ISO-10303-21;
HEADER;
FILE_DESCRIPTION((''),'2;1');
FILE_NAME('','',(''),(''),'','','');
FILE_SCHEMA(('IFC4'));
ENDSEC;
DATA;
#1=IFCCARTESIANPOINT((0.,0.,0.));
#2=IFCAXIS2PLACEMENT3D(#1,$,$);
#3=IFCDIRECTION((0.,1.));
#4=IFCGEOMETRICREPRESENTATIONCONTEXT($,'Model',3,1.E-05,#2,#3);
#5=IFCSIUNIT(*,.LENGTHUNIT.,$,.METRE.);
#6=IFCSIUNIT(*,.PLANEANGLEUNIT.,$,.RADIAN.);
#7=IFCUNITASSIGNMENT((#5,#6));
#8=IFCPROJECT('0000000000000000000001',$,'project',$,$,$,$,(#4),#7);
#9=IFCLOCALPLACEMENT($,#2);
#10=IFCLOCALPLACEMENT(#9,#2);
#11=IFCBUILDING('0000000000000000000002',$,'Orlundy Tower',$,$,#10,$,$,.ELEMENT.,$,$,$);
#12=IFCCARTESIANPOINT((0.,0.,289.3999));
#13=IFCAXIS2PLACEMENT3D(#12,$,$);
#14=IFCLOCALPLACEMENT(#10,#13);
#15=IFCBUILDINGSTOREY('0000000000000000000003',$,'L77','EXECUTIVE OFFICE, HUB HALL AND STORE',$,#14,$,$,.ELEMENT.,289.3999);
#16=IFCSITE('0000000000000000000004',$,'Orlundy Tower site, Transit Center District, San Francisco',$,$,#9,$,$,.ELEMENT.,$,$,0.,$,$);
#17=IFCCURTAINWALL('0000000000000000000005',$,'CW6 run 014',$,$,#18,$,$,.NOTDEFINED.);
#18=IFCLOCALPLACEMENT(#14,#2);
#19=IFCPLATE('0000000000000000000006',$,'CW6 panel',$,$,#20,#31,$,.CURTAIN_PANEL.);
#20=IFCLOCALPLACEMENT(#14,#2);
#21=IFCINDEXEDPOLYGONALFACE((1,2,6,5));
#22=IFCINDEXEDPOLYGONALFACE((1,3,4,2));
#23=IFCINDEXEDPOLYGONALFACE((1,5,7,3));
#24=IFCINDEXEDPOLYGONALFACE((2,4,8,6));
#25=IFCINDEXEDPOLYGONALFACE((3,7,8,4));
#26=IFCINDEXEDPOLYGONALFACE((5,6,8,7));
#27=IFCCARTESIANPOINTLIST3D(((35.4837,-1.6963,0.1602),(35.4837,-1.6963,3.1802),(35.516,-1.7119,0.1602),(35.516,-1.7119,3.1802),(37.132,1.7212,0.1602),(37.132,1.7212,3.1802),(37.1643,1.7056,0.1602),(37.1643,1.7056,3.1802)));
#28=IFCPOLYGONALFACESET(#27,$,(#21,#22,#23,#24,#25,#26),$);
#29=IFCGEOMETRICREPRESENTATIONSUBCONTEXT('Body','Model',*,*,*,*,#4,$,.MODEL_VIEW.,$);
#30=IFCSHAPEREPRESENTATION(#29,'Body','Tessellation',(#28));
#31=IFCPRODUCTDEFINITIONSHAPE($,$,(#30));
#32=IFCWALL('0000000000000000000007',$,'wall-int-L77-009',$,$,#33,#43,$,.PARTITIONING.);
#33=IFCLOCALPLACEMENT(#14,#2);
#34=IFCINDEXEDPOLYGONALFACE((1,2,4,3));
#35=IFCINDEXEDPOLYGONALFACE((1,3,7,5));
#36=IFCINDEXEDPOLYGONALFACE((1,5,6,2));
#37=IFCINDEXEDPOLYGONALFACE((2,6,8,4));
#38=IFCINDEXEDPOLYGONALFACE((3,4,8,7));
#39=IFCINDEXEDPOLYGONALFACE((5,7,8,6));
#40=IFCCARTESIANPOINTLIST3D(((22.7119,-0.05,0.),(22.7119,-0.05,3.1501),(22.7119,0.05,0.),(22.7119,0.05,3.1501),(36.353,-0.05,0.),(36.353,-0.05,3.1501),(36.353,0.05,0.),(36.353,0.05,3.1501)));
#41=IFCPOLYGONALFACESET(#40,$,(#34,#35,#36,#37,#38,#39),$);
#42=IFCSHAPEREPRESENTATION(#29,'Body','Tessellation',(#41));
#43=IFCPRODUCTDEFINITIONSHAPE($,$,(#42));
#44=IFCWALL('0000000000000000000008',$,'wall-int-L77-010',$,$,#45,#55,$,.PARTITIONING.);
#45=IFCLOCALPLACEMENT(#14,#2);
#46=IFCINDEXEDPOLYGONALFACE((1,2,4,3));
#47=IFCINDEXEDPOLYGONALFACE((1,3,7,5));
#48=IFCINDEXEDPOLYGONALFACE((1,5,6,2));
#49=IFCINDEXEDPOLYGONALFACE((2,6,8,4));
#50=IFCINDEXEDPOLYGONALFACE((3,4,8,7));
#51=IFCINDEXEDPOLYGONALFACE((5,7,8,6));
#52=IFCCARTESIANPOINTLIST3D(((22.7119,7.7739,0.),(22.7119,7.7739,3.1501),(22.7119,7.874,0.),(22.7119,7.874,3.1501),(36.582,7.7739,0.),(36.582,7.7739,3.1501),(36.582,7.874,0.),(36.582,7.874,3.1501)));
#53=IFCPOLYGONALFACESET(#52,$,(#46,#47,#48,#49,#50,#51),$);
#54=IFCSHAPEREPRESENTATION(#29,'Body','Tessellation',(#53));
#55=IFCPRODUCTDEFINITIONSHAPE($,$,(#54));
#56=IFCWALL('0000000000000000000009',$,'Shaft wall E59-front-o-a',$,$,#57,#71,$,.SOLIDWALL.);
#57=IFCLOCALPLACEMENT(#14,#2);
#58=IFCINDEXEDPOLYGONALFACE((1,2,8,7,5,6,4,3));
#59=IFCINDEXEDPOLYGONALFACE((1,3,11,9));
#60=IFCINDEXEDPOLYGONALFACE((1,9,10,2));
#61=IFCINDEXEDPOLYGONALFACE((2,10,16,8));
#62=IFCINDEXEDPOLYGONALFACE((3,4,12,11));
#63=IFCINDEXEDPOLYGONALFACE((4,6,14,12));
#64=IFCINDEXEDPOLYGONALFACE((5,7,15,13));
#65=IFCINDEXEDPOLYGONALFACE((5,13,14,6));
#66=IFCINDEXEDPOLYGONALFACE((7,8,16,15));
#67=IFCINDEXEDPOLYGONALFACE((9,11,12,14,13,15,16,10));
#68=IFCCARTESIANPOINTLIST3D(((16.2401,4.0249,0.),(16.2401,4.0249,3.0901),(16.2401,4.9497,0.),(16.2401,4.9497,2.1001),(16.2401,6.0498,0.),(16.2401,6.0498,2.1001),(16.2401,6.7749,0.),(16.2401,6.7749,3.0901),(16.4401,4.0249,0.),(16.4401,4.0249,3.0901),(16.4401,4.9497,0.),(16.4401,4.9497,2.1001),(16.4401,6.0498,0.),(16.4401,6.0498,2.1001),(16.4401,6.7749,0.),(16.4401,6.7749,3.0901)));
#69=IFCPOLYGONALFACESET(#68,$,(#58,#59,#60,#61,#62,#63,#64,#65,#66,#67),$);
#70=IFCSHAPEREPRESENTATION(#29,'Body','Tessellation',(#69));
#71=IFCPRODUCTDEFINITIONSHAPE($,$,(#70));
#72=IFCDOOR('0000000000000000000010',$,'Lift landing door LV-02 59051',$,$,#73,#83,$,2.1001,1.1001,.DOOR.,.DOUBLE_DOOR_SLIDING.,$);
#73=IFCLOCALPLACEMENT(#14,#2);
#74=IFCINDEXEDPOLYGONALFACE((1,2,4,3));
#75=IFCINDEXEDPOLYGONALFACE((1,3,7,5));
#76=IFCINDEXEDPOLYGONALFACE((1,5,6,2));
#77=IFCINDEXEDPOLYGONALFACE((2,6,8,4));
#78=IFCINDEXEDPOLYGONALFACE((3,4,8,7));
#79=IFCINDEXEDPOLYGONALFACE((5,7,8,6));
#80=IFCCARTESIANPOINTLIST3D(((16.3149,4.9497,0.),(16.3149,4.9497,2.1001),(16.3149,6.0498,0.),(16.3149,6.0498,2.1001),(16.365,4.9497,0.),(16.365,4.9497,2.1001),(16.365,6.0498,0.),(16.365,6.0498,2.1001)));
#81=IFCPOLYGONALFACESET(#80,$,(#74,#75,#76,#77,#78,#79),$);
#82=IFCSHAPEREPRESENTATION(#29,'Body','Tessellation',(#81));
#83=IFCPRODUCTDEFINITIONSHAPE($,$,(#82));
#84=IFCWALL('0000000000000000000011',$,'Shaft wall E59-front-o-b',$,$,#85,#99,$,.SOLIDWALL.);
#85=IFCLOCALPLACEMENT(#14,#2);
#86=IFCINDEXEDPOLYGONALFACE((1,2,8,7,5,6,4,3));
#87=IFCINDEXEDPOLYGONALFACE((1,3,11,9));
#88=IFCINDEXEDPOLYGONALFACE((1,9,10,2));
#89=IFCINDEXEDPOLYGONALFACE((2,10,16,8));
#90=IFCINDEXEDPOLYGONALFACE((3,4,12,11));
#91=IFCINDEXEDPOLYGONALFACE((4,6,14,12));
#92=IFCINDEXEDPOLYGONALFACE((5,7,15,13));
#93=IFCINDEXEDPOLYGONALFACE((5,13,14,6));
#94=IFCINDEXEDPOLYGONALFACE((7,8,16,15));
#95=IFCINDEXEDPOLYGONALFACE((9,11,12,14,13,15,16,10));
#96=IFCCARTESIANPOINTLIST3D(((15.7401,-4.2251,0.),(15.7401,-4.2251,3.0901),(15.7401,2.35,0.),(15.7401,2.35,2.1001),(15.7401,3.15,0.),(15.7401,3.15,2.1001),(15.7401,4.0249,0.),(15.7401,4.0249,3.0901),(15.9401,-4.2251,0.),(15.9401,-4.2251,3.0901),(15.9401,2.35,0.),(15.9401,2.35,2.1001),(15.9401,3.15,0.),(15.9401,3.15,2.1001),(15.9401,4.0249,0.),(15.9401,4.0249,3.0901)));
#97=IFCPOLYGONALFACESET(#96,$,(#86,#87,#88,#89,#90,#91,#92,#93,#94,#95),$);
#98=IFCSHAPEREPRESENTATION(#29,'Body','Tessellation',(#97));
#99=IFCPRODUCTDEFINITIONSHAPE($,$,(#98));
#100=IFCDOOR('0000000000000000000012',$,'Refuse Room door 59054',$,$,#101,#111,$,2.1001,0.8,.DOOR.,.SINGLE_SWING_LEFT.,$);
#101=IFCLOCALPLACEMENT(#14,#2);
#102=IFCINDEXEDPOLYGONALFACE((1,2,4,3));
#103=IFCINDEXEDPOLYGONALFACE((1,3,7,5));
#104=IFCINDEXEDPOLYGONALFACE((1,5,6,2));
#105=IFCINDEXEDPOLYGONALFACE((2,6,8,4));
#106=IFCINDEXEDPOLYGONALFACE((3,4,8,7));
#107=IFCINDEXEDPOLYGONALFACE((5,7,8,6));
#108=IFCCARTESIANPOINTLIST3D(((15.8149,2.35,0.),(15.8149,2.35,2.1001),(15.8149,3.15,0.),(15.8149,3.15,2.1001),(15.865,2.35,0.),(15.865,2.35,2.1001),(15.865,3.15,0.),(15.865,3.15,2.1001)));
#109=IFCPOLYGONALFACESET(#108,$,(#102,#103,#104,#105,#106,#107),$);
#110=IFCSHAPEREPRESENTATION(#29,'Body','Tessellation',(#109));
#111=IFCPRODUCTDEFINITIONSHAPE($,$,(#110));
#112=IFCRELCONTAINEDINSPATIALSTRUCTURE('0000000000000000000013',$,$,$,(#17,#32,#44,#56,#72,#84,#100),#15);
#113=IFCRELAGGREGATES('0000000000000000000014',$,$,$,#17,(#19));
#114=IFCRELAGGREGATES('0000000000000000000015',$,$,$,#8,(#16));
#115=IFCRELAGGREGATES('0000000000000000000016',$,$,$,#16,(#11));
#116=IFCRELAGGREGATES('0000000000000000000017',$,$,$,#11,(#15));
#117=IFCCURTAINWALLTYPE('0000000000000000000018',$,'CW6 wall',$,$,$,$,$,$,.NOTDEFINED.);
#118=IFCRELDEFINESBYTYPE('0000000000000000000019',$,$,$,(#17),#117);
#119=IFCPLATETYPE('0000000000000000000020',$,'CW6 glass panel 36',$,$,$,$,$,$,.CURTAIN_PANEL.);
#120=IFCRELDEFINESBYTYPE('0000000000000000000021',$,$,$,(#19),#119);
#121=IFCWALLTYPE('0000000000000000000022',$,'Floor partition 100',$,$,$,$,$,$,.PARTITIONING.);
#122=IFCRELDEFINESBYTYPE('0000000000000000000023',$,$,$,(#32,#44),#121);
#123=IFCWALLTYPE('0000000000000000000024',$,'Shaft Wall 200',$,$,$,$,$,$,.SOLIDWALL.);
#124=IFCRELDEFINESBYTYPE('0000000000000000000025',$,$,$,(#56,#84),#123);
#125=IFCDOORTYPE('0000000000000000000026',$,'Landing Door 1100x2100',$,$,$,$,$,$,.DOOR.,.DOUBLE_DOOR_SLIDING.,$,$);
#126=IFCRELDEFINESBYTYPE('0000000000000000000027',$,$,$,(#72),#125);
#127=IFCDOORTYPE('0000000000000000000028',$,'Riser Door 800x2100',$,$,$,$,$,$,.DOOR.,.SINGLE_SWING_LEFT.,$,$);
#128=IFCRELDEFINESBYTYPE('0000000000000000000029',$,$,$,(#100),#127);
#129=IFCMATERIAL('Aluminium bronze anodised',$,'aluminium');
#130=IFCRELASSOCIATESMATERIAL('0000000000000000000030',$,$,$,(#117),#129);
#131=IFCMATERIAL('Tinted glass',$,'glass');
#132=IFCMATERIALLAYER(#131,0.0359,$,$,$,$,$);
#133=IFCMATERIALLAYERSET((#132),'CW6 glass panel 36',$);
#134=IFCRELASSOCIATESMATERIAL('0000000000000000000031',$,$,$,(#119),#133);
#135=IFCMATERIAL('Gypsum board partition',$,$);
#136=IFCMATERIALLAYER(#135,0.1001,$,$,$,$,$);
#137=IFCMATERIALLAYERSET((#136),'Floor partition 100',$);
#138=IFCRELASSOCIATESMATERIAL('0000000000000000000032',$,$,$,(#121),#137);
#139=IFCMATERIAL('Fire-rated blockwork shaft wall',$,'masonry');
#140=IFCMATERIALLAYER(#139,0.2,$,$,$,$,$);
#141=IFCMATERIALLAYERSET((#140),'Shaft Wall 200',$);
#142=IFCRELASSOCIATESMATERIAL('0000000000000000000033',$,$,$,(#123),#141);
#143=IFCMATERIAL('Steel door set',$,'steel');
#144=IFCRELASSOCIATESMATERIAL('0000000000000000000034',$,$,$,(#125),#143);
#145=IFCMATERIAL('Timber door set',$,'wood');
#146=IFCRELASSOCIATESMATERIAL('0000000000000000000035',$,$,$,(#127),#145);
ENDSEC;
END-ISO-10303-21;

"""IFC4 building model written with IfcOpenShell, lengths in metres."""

from ifc_helpers import new_model, si_unit, direction, frame, frame_2d, origin, origin_2d, place, context, subcontext, project, spatial, rectangle, extrude, material, layer, layer_set, type_object, element, fill, aggregate, save


model = new_model("IFC4")

# Units and contexts
model_context = context("Model", 3, precision=1e-05, world=origin(), true_north=direction((0.0, 1.0)))
body_context = subcontext(model_context, "Body", "Model", "MODEL_VIEW")
ifc_project = project(units=[si_unit("LENGTHUNIT", "METRE"), si_unit("PLANEANGLEUNIT", "RADIAN")], contexts=[model_context])

# Site, building, storey
site_placement = place(None, origin())
site = spatial("IfcSite", under=ifc_project, at=site_placement, Name="Orlundy Tower site, Transit Center District, San Francisco", CompositionType="ELEMENT", RefElevation=0.0)
building_placement = place(site_placement, origin())
building = spatial("IfcBuilding", under=site, at=building_placement, Name="Orlundy Tower", CompositionType="ELEMENT")
storey_placement = place(building_placement, frame((0.0, 0.0, 289.3999)))
storey = spatial("IfcBuildingStorey", under=building, at=storey_placement, Name="L77", Description="EXECUTIVE OFFICE, HUB HALL AND STORE", CompositionType="ELEMENT", Elevation=289.3999)

# Curtain wall
ifc_material_1 = material(Name="Aluminium bronze anodised", Category="aluminium")
curtain_wall_type = type_object("IfcCurtainWallType", Name="CW6 wall", PredefinedType="NOTDEFINED", material=ifc_material_1)
curtain_wall_1_placement = place(storey_placement, origin())
curtain_wall_1 = element("IfcCurtainWall", 1, at=curtain_wall_1_placement, inside=storey, type_object=curtain_wall_type, Name="CW6 run 014", PredefinedType="NOTDEFINED")

# Shared definitions
ifc_material_2 = material(Name="Tinted glass", Category="glass")
ifc_layer_1 = layer(ifc_material_2, 0.0359)
ifc_layer_set_1 = layer_set([ifc_layer_1], Name="CW6 glass panel 36")
plate_type = type_object("IfcPlateType", Name="CW6 glass panel 36", PredefinedType="CURTAIN_PANEL", material=ifc_layer_set_1)

# Plate
plate_1_placement = place(storey_placement, frame((36.324, 0.0046, 0.1602), z_axis=(0.0, 0.0, 1.0), x_axis=(-0.434432, -0.900705, 0.0)))
plate_1 = element("IfcPlate", 2, at=plate_1_placement, type_object=plate_type, Name="CW6 panel", PredefinedType="CURTAIN_PANEL", context=body_context, shape_type="SweptSolid", body=[
    extrude(rectangle(XDim=3.7942, YDim=0.0359, at=origin_2d()), origin(), (0.0, 0.0, 1.0), 3.02),
])
aggregate(curtain_wall_1, [plate_1])

# Walls
ifc_material_3 = material(Name="Gypsum board partition")
ifc_layer_2 = layer(ifc_material_3, 0.1001)
ifc_layer_set_2 = layer_set([ifc_layer_2], Name="Floor partition 100")
wall_type_1 = type_object("IfcWallType", Name="Floor partition 100", PredefinedType="PARTITIONING", material=ifc_layer_set_2)
wall_1_placement = place(storey_placement, frame((22.7119, 0.0, 0.0), z_axis=(0.0, 0.0, 1.0), x_axis=(1.0, 0.0, 0.0)))
element("IfcWall", 3, at=wall_1_placement, inside=storey, type_object=wall_type_1, Name="wall-int-L77-009", PredefinedType="PARTITIONING", context=body_context, shape_type="SweptSolid", body=[
    extrude(rectangle(XDim=13.6411, YDim=0.1001, at=frame_2d((6.8206, 0.0))), origin(), (0.0, 0.0, 1.0), 3.1501),
])
wall_2_placement = place(storey_placement, frame((22.7119, 7.824, 0.0), z_axis=(0.0, 0.0, 1.0), x_axis=(1.0, 0.0, 0.0)))
element("IfcWall", 4, at=wall_2_placement, inside=storey, type_object=wall_type_1, Name="wall-int-L77-010", PredefinedType="PARTITIONING", context=body_context, shape_type="SweptSolid", body=[
    extrude(rectangle(XDim=13.8701, YDim=0.1001, at=frame_2d((6.9351, 0.0))), origin(), (0.0, 0.0, 1.0), 3.1501),
])

# Walls, openings, doors
ifc_material_4 = material(Name="Fire-rated blockwork shaft wall", Category="masonry")
ifc_layer_3 = layer(ifc_material_4, 0.2)
ifc_layer_set_3 = layer_set([ifc_layer_3], Name="Shaft Wall 200")
wall_type_2 = type_object("IfcWallType", Name="Shaft Wall 200", PredefinedType="SOLIDWALL", material=ifc_layer_set_3)
wall_3_placement = place(storey_placement, frame((16.3401, 6.7749, 0.0), z_axis=(0.0, 0.0, 1.0), x_axis=(0.0, -1.0, 0.0)))
wall_3 = element("IfcWall", 5, at=wall_3_placement, inside=storey, type_object=wall_type_2, Name="Shaft wall E59-front-o-a", PredefinedType="SOLIDWALL", context=body_context, shape_type="SweptSolid", body=[
    extrude(rectangle(XDim=2.75, YDim=0.2, at=frame_2d((1.375, 0.0))), origin(), (0.0, 0.0, 1.0), 3.0901),
])
opening_1_placement = place(wall_3_placement, frame((0.7251, 0.0, 0.0)))
opening_1 = element("IfcOpeningElement", 6, at=opening_1_placement, cuts=wall_3, PredefinedType="OPENING", context=body_context, shape_type="SweptSolid", body=[
    extrude(rectangle(XDim=1.1001, YDim=2.1001, at=frame_2d((0.55, 1.05))), frame((0.0, 0.1101, 0.0), z_axis=(0.0, -1.0, 0.0), x_axis=(1.0, 0.0, 0.0)), (0.0, 0.0, 1.0), 0.2202),
])
ifc_material_5 = material(Name="Steel door set", Category="steel")
door_type_1 = type_object("IfcDoorType", Name="Landing Door 1100x2100", OperationType="DOUBLE_DOOR_SLIDING", PredefinedType="DOOR", material=ifc_material_5)
door_1_placement = place(opening_1_placement, origin())
door_1 = element("IfcDoor", 7, at=door_1_placement, inside=storey, type_object=door_type_1, Name="Lift landing door LV-02 59051", OperationType="DOUBLE_DOOR_SLIDING", OverallHeight=2.1001, OverallWidth=1.1001, PredefinedType="DOOR", context=body_context, shape_type="SweptSolid", body=[
    extrude(rectangle(XDim=1.1001, YDim=2.1001, at=frame_2d((0.55, 1.05))), frame((0.0, 0.0249, 0.0), z_axis=(0.0, -1.0, 0.0), x_axis=(1.0, 0.0, 0.0)), (0.0, 0.0, 1.0), 0.05),
])
fill(opening_1, door_1)
wall_4_placement = place(storey_placement, frame((15.8401, 4.0249, 0.0), z_axis=(0.0, 0.0, 1.0), x_axis=(0.0, -1.0, 0.0)))
wall_4 = element("IfcWall", 8, at=wall_4_placement, inside=storey, type_object=wall_type_2, Name="Shaft wall E59-front-o-b", PredefinedType="SOLIDWALL", context=body_context, shape_type="SweptSolid", body=[
    extrude(rectangle(XDim=8.25, YDim=0.2, at=frame_2d((4.125, 0.0))), origin(), (0.0, 0.0, 1.0), 3.0901),
])
opening_2_placement = place(wall_4_placement, frame((0.875, 0.0, 0.0)))
opening_2 = element("IfcOpeningElement", 9, at=opening_2_placement, cuts=wall_4, PredefinedType="OPENING", context=body_context, shape_type="SweptSolid", body=[
    extrude(rectangle(XDim=0.8, YDim=2.1001, at=frame_2d((0.3999, 1.05))), frame((0.0, 0.1101, 0.0), z_axis=(0.0, -1.0, 0.0), x_axis=(1.0, 0.0, 0.0)), (0.0, 0.0, 1.0), 0.2202),
])
ifc_material_6 = material(Name="Timber door set", Category="wood")
door_type_2 = type_object("IfcDoorType", Name="Riser Door 800x2100", OperationType="SINGLE_SWING_LEFT", PredefinedType="DOOR", material=ifc_material_6)
door_2_placement = place(opening_2_placement, origin())
door_2 = element("IfcDoor", 10, at=door_2_placement, inside=storey, type_object=door_type_2, Name="Refuse Room door 59054", OperationType="SINGLE_SWING_LEFT", OverallHeight=2.1001, OverallWidth=0.8, PredefinedType="DOOR", context=body_context, shape_type="SweptSolid", body=[
    extrude(rectangle(XDim=0.8, YDim=2.1001, at=frame_2d((0.3999, 1.05))), frame((0.0, 0.0249, 0.0), z_axis=(0.0, -1.0, 0.0), x_axis=(1.0, 0.0, 0.0)), (0.0, 0.0, 1.0), 0.05),
])
fill(opening_2, door_2)

save(model, "model.ifc")
